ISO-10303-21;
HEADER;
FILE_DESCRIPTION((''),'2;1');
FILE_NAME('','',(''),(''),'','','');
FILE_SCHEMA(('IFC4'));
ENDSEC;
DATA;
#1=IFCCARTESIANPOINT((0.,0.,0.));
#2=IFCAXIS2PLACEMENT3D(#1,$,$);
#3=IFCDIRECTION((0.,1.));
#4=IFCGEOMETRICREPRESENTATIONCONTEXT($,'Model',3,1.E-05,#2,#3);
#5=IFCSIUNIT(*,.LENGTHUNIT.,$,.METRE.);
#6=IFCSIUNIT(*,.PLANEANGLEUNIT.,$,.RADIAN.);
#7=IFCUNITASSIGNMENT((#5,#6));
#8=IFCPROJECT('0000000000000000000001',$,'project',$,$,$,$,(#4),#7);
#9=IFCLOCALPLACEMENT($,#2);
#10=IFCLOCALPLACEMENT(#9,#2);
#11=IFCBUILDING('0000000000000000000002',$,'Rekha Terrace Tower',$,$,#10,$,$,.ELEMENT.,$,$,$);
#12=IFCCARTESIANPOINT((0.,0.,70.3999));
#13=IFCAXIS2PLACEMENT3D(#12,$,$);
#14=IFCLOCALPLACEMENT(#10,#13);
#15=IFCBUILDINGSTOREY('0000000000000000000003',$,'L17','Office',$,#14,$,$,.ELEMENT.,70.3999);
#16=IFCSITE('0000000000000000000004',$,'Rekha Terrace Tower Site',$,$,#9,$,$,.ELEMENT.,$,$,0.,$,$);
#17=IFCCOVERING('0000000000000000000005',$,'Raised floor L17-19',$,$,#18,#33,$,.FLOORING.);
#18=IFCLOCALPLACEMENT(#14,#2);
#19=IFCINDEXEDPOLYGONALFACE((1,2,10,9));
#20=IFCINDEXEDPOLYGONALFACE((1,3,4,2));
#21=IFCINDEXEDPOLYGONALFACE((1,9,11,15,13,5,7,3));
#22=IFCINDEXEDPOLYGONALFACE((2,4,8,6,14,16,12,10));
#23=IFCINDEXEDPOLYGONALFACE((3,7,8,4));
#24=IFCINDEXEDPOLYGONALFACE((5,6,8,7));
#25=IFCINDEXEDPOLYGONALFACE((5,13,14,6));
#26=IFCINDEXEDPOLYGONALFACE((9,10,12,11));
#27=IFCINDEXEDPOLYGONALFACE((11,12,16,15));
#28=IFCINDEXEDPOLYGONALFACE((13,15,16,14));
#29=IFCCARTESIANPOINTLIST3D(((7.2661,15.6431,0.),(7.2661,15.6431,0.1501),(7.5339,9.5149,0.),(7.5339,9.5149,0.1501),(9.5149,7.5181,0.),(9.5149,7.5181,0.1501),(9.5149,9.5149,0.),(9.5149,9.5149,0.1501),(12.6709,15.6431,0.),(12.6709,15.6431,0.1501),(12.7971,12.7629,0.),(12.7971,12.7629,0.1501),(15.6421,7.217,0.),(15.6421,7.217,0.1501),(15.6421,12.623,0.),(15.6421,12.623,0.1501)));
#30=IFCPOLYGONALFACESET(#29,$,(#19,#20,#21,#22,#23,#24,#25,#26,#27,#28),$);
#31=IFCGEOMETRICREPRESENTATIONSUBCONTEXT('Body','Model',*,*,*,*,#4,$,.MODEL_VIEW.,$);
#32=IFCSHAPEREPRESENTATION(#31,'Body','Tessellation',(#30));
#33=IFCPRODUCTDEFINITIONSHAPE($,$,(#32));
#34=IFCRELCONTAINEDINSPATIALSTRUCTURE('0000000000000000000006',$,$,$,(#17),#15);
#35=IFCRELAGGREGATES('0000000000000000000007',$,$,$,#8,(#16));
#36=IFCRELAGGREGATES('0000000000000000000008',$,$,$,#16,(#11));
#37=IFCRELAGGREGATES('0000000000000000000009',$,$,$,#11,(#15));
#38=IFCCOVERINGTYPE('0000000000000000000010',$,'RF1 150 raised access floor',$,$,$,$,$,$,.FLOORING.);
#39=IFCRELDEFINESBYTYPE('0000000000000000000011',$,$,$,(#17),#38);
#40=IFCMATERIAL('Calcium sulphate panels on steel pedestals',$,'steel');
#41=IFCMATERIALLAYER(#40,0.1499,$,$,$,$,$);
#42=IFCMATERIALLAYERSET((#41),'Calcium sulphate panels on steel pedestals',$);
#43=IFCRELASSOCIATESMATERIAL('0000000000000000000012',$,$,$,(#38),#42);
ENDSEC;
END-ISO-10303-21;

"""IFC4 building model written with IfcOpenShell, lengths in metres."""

from ifc_helpers import new_model, si_unit, direction, frame, origin, place, context, subcontext, project, spatial, polyline, outline, extrude, material, layer, layer_set, type_object, element, save


model = new_model("IFC4")

# Units and contexts
model_context = context("Model", 3, precision=1e-05, world=origin(), true_north=direction((0.0, 1.0)))
body_context = subcontext(model_context, "Body", "Model", "MODEL_VIEW")
ifc_project = project(units=[si_unit("LENGTHUNIT", "METRE"), si_unit("PLANEANGLEUNIT", "RADIAN")], contexts=[model_context])

# Site, building, storey
site_placement = place(None, origin())
site = spatial("IfcSite", under=ifc_project, at=site_placement, Name="Rekha Terrace Tower Site", CompositionType="ELEMENT", RefElevation=0.0)
building_placement = place(site_placement, origin())
building = spatial("IfcBuilding", under=site, at=building_placement, Name="Rekha Terrace Tower", CompositionType="ELEMENT")
storey_placement = place(building_placement, frame((0.0, 0.0, 70.3999)))
storey = spatial("IfcBuildingStorey", under=building, at=storey_placement, Name="L17", Description="Office", CompositionType="ELEMENT", Elevation=70.3999)

# Covering
ifc_material_1 = material(Name="Calcium sulphate panels on steel pedestals", Category="steel")
ifc_layer_1 = layer(ifc_material_1, 0.1499)
ifc_layer_set_1 = layer_set([ifc_layer_1], Name="Calcium sulphate panels on steel pedestals")
covering_type_1 = type_object("IfcCoveringType", Name="RF1 150 raised access floor", PredefinedType="FLOORING", material=ifc_layer_set_1)
covering_1_placement = place(storey_placement, origin())
element("IfcCovering", 1, at=covering_1_placement, inside=storey, type_object=covering_type_1, Name="Raised floor L17-19", PredefinedType="FLOORING", context=body_context, shape_type="SweptSolid", body=[
    extrude(outline(polyline([(9.5149, 7.5181), (15.6421, 7.217), (15.6421, 12.623), (12.7971, 12.7629), (12.6709, 15.6431), (7.2661, 15.6431), (7.5339, 9.5149), (9.5149, 9.5149), (9.5149, 7.5181)])), origin(), (0.0, 0.0, 1.0), 0.1501),
])

save(model, "model.ifc")
